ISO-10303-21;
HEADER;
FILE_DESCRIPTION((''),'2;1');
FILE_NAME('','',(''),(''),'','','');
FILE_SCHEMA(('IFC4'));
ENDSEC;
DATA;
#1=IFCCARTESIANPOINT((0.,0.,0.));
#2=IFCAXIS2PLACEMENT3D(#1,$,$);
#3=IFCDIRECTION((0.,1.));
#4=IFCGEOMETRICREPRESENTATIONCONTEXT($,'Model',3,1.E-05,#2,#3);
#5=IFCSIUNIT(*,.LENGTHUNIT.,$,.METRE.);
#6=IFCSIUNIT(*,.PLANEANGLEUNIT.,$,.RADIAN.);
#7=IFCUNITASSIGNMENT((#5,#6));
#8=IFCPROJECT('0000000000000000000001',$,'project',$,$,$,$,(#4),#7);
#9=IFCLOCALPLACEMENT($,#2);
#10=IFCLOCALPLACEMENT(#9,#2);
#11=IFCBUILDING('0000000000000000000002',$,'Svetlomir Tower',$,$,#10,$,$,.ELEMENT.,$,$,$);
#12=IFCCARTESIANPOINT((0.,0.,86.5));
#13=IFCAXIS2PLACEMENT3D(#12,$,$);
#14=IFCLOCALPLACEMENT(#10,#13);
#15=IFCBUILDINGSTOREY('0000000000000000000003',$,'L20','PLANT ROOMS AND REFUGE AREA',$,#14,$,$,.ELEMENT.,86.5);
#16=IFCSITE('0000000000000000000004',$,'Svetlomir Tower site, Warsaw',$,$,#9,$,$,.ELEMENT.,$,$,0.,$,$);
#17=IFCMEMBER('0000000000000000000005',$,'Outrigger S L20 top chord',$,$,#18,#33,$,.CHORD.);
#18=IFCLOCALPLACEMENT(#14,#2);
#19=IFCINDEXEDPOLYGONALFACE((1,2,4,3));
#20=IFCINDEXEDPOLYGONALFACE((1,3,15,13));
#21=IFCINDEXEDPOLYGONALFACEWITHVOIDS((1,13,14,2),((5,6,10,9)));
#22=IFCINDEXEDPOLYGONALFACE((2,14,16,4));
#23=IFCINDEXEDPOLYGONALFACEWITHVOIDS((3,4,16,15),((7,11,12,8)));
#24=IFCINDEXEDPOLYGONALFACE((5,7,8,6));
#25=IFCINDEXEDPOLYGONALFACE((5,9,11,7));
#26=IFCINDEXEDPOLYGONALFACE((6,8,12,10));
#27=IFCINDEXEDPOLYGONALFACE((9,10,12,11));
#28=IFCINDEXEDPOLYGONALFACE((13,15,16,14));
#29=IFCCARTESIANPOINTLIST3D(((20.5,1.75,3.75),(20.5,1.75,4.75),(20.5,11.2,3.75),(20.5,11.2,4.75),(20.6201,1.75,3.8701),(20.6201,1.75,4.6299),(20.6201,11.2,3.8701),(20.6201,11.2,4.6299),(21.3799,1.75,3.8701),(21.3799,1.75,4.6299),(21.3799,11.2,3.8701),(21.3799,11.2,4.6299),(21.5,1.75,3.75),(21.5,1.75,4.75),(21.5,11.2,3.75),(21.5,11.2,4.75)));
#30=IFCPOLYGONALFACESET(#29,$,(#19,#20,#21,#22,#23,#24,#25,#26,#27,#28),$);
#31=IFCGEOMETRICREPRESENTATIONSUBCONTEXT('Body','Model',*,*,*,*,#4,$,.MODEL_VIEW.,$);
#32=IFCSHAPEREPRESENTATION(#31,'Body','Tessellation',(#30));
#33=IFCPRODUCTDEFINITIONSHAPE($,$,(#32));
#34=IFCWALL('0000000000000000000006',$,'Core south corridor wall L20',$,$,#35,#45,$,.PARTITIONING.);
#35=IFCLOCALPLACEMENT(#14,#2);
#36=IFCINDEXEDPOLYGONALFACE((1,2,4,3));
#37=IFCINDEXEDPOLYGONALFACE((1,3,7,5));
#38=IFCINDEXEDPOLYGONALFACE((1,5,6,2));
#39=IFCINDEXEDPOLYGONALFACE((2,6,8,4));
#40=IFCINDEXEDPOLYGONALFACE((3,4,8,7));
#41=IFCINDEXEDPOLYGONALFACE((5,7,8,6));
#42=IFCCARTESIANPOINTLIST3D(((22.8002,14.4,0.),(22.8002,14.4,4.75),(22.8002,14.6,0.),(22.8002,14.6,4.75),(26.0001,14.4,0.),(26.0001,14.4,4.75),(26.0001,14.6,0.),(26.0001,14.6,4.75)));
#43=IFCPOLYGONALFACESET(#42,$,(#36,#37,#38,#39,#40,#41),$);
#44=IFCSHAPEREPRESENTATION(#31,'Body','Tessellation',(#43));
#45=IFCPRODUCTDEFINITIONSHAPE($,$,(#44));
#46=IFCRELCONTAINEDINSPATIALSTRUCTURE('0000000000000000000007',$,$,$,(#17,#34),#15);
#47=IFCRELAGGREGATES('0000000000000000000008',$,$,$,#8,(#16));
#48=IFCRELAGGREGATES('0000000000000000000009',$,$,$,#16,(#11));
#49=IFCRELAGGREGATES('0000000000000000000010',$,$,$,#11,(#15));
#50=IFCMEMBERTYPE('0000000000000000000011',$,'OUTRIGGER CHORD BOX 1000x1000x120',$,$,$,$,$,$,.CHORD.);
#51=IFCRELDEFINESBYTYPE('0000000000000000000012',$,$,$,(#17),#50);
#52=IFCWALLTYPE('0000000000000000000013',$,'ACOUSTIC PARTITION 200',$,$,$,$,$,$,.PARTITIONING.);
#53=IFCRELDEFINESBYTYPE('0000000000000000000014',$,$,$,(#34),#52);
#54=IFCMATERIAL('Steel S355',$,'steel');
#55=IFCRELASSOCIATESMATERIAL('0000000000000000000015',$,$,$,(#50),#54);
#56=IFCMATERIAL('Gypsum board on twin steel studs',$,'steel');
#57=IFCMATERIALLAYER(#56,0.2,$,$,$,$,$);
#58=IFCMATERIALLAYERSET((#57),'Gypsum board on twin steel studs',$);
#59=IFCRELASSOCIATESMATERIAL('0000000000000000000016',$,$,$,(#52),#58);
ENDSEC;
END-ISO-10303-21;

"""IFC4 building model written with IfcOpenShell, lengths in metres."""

from ifc_helpers import new_model, si_unit, direction, frame, frame_2d, origin, origin_2d, place, context, subcontext, project, spatial, rectangle, hollow_rectangle, extrude, material, layer, layer_set, material_profile, profile_set, type_object, element, save


model = new_model("IFC4")

# Units and contexts
model_context = context("Model", 3, precision=1e-05, world=origin(), true_north=direction((0.0, 1.0)))
body_context = subcontext(model_context, "Body", "Model", "MODEL_VIEW")
ifc_project = project(units=[si_unit("LENGTHUNIT", "METRE"), si_unit("PLANEANGLEUNIT", "RADIAN")], contexts=[model_context])

# Site, building, storey
site_placement = place(None, origin())
site = spatial("IfcSite", under=ifc_project, at=site_placement, Name="Svetlomir Tower site, Warsaw", CompositionType="ELEMENT", RefElevation=0.0)
building_placement = place(site_placement, origin())
building = spatial("IfcBuilding", under=site, at=building_placement, Name="Svetlomir Tower", CompositionType="ELEMENT")
storey_placement = place(building_placement, frame((0.0, 0.0, 86.5)))
storey = spatial("IfcBuildingStorey", under=building, at=storey_placement, Name="L20", Description="PLANT ROOMS AND REFUGE AREA", CompositionType="ELEMENT", Elevation=86.5)

# Member
ifc_material_1 = material(Name="Steel S355", Category="steel")
ifc_material_profile = material_profile(ifc_material_1, hollow_rectangle(XDim=1.0, YDim=1.0, WallThickness=0.1201, at=origin_2d()), Name="BOX 1000x1000x120")
ifc_profile_set = profile_set([ifc_material_profile], Name="Steel S355")
member_type = type_object("IfcMemberType", Name="OUTRIGGER CHORD BOX 1000x1000x120", PredefinedType="CHORD", material=ifc_profile_set)
member_placement = place(storey_placement, frame((21.0, 11.2, 4.25), z_axis=(0.0, -1.0, 0.0), x_axis=(1.0, 0.0, 0.0)))
element("IfcMember", 1, at=member_placement, inside=storey, type_object=member_type, Name="Outrigger S L20 top chord", PredefinedType="CHORD", context=body_context, shape_type="SweptSolid", body=[
    extrude(hollow_rectangle(XDim=1.0, YDim=1.0, WallThickness=0.1201, at=origin_2d()), origin(), (0.0, 0.0, 1.0), 9.45),
])

# Wall
ifc_material_2 = material(Name="Gypsum board on twin steel studs", Category="steel")
ifc_layer_1 = layer(ifc_material_2, 0.2)
ifc_layer_set_1 = layer_set([ifc_layer_1], Name="Gypsum board on twin steel studs")
wall_type_1 = type_object("IfcWallType", Name="ACOUSTIC PARTITION 200", PredefinedType="PARTITIONING", material=ifc_layer_set_1)
wall_1_placement = place(storey_placement, frame((22.8, 14.5, 0.0), z_axis=(0.0, 0.0, 1.0), x_axis=(1.0, 0.0, 0.0)))
element("IfcWall", 2, at=wall_1_placement, inside=storey, type_object=wall_type_1, Name="Core south corridor wall L20", PredefinedType="PARTITIONING", context=body_context, shape_type="SweptSolid", body=[
    extrude(rectangle(XDim=3.2, YDim=0.2, at=frame_2d((1.6001, 0.0))), origin(), (0.0, 0.0, 1.0), 4.75),
])

save(model, "model.ifc")
